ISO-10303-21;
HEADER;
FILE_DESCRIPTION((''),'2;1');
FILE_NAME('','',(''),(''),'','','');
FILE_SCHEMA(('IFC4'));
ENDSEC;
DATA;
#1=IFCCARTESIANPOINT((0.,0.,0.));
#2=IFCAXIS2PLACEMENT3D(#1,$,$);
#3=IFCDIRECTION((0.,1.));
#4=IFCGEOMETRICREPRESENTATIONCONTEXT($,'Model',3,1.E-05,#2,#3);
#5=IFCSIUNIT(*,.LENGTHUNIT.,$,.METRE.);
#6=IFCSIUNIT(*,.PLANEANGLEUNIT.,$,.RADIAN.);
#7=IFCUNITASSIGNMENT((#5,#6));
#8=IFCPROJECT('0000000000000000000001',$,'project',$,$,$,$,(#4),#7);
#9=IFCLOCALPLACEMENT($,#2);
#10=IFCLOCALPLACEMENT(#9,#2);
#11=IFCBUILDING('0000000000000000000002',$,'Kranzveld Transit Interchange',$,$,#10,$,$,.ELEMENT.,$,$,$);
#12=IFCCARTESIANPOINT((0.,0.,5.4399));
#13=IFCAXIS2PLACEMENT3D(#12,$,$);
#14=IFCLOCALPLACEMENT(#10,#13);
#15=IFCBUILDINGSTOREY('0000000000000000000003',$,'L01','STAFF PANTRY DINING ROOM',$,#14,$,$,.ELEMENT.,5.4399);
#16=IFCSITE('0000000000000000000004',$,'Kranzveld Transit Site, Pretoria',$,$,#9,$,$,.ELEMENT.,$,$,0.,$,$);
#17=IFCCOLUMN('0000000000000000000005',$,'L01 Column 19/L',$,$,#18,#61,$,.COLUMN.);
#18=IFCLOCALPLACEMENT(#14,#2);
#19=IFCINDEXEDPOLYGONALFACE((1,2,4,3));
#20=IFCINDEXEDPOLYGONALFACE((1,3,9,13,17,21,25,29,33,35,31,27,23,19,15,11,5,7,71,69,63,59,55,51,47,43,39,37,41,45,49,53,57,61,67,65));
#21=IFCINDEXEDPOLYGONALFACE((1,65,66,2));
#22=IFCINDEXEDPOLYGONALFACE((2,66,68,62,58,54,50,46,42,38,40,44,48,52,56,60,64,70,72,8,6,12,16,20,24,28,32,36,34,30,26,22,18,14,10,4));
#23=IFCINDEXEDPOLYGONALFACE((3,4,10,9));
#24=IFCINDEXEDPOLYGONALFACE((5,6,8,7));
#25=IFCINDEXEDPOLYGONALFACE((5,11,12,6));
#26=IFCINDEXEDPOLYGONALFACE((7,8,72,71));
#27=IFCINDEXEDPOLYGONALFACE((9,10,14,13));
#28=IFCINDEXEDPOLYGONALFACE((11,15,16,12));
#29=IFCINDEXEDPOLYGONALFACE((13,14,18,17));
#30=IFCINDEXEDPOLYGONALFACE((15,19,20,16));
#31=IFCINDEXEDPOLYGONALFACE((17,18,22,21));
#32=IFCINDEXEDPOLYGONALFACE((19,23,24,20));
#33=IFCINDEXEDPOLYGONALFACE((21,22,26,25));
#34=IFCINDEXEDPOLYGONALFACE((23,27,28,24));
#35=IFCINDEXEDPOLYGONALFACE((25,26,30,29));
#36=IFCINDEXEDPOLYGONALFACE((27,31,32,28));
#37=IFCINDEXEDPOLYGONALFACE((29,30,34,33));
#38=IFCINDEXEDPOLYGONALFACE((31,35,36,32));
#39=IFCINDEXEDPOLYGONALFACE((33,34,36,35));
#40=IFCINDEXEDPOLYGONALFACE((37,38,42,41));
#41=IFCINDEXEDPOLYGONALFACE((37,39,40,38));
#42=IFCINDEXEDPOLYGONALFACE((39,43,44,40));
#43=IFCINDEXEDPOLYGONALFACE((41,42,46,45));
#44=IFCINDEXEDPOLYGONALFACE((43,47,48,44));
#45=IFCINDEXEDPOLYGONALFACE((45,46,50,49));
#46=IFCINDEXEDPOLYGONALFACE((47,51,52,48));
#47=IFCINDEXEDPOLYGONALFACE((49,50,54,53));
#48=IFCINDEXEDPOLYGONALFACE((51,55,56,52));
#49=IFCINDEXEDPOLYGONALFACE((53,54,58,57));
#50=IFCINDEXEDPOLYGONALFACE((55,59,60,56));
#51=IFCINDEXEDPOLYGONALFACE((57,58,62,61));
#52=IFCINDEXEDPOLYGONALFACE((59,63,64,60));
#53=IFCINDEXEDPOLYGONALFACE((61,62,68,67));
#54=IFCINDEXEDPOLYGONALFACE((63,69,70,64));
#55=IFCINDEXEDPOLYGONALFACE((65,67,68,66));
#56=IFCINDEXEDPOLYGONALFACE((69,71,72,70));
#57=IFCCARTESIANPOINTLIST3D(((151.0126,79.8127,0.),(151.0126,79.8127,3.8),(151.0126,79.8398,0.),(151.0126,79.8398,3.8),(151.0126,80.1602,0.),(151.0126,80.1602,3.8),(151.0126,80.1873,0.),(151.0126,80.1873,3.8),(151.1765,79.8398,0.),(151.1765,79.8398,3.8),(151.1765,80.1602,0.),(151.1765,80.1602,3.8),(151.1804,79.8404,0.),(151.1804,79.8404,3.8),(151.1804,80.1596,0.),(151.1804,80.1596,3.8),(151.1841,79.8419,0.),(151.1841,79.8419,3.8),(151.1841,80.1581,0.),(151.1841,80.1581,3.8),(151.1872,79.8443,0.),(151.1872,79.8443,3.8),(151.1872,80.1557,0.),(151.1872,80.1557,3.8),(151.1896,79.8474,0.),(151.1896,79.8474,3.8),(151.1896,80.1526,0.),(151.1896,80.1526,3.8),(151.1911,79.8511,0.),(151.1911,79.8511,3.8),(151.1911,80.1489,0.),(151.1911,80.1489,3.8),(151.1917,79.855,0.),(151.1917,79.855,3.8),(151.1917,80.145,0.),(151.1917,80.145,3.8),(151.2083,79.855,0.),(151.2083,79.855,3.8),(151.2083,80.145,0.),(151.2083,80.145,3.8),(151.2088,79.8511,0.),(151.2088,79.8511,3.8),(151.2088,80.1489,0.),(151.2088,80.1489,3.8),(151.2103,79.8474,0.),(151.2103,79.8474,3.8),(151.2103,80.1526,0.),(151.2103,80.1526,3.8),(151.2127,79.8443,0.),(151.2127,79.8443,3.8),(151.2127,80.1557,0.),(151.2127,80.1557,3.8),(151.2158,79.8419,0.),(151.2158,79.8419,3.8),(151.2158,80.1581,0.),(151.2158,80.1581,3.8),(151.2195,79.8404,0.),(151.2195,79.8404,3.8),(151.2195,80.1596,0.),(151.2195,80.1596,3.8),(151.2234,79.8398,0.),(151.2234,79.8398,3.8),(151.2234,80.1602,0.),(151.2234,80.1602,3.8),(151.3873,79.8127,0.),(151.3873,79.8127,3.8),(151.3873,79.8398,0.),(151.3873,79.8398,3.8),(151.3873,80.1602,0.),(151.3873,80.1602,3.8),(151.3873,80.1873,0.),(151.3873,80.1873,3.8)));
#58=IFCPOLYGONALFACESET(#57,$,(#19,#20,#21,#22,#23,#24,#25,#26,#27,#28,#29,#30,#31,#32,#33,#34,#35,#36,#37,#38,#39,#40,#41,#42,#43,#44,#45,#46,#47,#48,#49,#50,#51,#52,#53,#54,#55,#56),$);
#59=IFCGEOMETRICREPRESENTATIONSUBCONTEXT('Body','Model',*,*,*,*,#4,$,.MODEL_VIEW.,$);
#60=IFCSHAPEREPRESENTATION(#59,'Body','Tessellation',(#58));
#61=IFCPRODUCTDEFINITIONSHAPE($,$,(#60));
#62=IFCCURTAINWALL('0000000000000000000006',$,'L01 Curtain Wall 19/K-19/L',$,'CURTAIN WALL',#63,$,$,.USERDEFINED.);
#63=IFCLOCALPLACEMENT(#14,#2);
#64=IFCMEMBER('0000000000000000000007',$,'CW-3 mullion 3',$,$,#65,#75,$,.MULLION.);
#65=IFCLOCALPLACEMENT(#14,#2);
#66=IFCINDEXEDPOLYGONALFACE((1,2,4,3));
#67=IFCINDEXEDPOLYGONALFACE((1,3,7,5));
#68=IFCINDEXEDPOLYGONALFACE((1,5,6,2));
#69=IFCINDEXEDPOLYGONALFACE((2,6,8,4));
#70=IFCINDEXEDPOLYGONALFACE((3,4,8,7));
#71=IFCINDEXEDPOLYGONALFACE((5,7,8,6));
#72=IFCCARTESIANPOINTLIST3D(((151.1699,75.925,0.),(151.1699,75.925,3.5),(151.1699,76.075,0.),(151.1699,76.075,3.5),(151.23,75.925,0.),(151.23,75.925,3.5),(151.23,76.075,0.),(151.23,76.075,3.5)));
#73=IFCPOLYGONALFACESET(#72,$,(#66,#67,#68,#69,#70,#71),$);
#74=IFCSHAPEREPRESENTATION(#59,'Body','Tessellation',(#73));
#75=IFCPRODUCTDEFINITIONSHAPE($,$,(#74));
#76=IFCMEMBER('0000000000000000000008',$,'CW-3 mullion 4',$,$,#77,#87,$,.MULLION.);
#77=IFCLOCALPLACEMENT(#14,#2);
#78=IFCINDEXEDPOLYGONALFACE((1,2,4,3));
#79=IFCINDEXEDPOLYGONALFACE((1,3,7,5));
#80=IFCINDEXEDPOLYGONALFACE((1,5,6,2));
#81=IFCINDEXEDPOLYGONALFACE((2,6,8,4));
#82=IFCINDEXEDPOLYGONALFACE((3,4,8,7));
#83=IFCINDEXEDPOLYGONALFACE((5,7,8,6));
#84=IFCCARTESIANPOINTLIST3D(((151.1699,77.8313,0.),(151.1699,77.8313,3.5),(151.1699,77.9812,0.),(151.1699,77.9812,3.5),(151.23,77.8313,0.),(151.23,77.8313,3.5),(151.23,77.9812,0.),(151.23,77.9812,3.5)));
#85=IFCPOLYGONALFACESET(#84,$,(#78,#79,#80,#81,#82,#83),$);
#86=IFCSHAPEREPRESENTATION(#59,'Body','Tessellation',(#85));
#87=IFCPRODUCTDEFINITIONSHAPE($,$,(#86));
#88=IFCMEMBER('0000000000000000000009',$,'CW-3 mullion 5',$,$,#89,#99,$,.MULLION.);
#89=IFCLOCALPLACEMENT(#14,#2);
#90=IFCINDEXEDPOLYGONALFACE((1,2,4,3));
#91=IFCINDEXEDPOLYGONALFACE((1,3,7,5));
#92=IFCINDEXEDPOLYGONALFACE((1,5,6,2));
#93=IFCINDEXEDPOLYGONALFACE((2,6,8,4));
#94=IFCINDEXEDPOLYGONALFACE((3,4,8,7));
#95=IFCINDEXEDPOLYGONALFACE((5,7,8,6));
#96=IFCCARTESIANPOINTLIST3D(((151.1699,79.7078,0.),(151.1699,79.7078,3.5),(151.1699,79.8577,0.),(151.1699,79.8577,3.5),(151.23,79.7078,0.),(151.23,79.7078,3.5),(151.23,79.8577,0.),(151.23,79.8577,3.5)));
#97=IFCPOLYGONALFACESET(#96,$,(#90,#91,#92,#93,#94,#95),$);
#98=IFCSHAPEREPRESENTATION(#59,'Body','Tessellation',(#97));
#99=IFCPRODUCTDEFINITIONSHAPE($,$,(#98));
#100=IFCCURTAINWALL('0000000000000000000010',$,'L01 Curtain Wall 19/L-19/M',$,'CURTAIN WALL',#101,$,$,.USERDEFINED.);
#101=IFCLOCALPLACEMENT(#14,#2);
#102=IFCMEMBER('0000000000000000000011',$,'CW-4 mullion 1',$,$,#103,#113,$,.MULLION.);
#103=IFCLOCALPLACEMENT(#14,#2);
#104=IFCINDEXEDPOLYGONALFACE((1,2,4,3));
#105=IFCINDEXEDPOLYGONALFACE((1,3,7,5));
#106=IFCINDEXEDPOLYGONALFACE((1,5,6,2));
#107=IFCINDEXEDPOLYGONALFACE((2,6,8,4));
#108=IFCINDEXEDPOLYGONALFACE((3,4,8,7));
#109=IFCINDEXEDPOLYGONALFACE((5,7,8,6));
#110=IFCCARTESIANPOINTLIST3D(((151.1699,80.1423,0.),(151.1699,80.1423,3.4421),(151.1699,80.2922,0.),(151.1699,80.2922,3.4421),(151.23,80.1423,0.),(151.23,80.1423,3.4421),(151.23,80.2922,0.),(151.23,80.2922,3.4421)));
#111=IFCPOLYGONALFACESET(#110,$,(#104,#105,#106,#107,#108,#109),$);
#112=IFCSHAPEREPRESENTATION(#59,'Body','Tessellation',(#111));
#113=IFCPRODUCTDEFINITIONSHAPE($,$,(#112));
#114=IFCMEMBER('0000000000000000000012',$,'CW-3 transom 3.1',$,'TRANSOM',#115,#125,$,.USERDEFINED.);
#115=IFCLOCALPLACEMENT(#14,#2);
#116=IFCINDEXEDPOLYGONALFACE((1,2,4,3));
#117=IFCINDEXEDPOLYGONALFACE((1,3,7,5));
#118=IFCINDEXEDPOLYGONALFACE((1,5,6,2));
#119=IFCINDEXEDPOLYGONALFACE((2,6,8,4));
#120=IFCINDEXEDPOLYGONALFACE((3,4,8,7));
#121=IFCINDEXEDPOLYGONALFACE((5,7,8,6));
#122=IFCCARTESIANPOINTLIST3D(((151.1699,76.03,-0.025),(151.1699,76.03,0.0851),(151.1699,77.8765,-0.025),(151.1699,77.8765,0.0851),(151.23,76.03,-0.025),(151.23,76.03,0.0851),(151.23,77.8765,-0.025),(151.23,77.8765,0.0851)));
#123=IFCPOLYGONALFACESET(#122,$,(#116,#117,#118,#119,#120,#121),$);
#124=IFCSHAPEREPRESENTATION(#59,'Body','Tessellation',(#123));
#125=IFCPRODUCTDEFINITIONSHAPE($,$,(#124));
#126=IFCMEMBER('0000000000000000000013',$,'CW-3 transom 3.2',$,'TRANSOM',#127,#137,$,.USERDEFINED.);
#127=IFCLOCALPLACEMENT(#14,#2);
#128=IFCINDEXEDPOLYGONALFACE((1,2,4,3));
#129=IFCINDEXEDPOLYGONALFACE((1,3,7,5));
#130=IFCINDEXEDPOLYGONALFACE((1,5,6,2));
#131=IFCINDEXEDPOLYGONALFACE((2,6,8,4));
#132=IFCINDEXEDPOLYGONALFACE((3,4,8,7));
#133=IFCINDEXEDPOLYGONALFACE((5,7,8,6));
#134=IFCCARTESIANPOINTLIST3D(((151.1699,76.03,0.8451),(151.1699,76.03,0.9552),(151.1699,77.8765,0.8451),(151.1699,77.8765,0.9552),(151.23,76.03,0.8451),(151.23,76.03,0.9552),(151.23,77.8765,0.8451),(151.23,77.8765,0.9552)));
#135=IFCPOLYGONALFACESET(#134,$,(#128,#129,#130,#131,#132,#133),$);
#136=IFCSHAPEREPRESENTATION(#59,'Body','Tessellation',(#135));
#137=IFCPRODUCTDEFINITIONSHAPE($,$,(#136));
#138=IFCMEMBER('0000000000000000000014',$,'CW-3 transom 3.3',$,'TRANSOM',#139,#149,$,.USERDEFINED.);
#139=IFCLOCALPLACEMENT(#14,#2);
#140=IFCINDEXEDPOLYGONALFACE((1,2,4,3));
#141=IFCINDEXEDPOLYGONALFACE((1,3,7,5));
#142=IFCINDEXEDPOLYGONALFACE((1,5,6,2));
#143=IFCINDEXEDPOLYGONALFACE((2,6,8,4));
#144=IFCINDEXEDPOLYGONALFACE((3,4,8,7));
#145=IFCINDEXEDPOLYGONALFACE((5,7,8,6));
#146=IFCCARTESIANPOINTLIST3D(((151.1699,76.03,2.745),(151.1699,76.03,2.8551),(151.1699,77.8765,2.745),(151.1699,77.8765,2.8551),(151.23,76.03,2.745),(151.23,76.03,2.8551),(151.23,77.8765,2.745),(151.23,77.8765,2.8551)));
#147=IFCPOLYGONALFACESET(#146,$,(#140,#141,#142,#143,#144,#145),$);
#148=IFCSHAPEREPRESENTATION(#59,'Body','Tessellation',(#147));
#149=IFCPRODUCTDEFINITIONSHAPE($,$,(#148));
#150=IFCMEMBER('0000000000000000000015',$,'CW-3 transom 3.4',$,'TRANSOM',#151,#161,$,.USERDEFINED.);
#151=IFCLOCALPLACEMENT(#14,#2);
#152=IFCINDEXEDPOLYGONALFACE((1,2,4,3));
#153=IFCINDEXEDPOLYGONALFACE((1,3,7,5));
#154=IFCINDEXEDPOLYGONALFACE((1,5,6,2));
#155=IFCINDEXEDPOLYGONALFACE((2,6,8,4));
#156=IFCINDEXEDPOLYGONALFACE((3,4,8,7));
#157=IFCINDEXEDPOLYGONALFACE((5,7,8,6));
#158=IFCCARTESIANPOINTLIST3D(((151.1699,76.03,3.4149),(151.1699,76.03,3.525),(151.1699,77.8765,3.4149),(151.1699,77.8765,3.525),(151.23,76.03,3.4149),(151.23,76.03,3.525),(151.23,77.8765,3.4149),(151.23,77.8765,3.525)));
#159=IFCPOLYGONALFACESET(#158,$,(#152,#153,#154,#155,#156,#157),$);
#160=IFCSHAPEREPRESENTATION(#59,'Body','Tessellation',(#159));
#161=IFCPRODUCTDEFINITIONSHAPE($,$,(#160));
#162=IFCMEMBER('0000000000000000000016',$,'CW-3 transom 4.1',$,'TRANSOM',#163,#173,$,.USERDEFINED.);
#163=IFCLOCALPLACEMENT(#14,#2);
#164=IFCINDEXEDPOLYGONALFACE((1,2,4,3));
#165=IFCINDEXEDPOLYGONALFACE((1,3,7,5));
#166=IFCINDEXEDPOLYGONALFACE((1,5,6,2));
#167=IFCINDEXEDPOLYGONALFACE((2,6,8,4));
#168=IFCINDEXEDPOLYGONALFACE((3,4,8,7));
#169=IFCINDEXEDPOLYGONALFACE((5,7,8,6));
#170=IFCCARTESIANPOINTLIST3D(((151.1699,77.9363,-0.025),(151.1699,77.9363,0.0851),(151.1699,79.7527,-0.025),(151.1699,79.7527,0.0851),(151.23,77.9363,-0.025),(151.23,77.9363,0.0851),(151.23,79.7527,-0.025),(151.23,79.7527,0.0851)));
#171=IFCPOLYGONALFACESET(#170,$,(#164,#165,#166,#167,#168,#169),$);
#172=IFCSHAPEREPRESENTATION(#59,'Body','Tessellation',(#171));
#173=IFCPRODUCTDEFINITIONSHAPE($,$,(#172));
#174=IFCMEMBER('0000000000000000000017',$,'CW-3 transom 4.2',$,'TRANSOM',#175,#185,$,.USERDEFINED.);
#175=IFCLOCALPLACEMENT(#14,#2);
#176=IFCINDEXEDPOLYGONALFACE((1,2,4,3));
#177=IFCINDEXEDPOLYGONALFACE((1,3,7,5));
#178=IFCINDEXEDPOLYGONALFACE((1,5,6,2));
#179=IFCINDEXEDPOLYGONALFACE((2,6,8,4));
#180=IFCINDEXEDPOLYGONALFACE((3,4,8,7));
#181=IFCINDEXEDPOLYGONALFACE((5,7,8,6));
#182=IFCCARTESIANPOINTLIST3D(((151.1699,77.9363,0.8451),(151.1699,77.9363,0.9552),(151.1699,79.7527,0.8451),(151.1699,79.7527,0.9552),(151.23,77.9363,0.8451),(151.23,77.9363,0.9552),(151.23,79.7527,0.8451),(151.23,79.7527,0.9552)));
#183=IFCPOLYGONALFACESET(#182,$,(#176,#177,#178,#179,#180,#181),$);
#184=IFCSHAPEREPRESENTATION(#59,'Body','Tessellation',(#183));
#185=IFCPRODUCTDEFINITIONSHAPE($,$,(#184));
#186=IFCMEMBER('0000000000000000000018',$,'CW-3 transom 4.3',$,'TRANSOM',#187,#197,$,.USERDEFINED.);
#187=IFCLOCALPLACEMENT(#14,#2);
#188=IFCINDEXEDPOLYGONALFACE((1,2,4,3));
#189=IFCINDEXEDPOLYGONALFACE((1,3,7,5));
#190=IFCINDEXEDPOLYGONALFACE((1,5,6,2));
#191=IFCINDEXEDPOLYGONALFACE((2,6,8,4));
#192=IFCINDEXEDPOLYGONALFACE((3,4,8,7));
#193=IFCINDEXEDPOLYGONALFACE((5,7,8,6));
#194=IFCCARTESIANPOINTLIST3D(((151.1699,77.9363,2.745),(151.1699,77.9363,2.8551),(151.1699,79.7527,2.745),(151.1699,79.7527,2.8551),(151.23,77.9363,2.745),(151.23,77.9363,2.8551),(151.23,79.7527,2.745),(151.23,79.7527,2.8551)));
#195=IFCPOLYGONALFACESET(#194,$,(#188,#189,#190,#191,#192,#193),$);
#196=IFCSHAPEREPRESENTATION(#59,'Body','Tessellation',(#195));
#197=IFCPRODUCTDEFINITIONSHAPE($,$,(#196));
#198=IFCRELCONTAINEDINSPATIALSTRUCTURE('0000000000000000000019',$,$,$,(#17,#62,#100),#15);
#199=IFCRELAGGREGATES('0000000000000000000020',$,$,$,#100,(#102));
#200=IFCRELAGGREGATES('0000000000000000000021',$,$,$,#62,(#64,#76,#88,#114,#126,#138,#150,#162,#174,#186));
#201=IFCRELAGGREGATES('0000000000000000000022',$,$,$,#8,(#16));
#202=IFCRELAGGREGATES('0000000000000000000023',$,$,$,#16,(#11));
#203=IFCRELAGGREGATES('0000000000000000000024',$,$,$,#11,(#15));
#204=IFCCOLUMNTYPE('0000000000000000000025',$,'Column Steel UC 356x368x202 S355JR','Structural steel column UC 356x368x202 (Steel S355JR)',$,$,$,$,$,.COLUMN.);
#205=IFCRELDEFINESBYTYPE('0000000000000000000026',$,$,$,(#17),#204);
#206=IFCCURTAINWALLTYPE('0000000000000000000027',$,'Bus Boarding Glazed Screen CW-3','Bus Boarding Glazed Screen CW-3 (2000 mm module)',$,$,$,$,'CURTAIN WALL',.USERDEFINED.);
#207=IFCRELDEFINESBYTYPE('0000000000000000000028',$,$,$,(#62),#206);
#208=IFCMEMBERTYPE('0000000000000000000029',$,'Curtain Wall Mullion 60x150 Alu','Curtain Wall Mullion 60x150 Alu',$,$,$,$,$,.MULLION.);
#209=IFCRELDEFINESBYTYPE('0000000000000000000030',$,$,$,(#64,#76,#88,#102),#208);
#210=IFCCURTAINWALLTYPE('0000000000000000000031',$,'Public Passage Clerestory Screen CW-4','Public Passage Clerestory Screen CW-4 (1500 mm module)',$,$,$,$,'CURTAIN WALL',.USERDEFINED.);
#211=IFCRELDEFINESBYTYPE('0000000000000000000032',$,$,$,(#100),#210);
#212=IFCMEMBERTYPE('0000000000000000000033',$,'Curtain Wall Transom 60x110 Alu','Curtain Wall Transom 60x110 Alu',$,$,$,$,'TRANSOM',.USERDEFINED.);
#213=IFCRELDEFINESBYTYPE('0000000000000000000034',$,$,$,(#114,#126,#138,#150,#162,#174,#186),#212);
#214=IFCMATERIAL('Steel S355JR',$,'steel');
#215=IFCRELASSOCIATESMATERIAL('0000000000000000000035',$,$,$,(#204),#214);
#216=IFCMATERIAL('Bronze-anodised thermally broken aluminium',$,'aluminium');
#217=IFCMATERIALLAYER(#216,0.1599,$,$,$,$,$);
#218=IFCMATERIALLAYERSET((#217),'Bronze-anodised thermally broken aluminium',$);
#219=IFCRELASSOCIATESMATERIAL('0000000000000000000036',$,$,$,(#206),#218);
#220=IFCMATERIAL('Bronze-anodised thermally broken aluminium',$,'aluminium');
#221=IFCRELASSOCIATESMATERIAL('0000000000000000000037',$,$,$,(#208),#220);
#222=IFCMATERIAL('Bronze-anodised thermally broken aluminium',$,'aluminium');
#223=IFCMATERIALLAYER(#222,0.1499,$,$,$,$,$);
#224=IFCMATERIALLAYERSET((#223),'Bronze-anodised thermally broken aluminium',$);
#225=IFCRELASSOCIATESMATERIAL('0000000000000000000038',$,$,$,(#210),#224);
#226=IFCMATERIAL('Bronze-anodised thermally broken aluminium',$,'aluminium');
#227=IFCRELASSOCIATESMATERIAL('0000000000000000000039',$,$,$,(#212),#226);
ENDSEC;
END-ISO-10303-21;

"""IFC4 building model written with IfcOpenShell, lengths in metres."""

from ifc_helpers import new_model, si_unit, direction, frame, origin, origin_2d, place, context, subcontext, project, spatial, rectangle, i_section, extrude, material, layer, layer_set, material_profile, profile_set, type_object, element, aggregate, save


model = new_model("IFC4")

# Units and contexts
model_context = context("Model", 3, precision=1e-05, world=origin(), true_north=direction((0.0, 1.0)))
body_context = subcontext(model_context, "Body", "Model", "MODEL_VIEW")
ifc_project = project(units=[si_unit("LENGTHUNIT", "METRE"), si_unit("PLANEANGLEUNIT", "RADIAN")], contexts=[model_context])

# Site, building, storey
site_placement = place(None, origin())
site = spatial("IfcSite", under=ifc_project, at=site_placement, Name="Kranzveld Transit Site, Pretoria", CompositionType="ELEMENT", RefElevation=0.0)
building_placement = place(site_placement, origin())
building = spatial("IfcBuilding", under=site, at=building_placement, Name="Kranzveld Transit Interchange", CompositionType="ELEMENT")
storey_placement = place(building_placement, frame((0.0, 0.0, 5.4399)))
storey = spatial("IfcBuildingStorey", under=building, at=storey_placement, Name="L01", Description="STAFF PANTRY DINING ROOM", CompositionType="ELEMENT", Elevation=5.4399)

# Column
ifc_material_1 = material(Name="Steel S355JR", Category="steel")
ifc_material_profile_1 = material_profile(ifc_material_1, i_section(OverallWidth=0.3748, OverallDepth=0.3745, WebThickness=0.0166, FlangeThickness=0.0271, FilletRadius=0.0151, at=origin_2d()), Name="UC 356x368x202")
ifc_profile_set_1 = profile_set([ifc_material_profile_1], Name="Steel S355JR")
column_type = type_object("IfcColumnType", Name="Column Steel UC 356x368x202 S355JR", Description="Structural steel column UC 356x368x202 (Steel S355JR)", PredefinedType="COLUMN", material=ifc_profile_set_1)
column_placement = place(storey_placement, frame((151.2, 80.0, 0.0), z_axis=(0.0, 0.0, 1.0), x_axis=(1.0, 0.0, 0.0)))
element("IfcColumn", 1, at=column_placement, inside=storey, type_object=column_type, Name="L01 Column 19/L", PredefinedType="COLUMN", context=body_context, shape_type="SweptSolid", body=[
    extrude(i_section(OverallWidth=0.3748, OverallDepth=0.3745, WebThickness=0.0166, FlangeThickness=0.0271, FilletRadius=0.0151, at=origin_2d()), origin(), (0.0, 0.0, 1.0), 3.8),
])

# Curtain wall, members
ifc_material_2 = material(Name="Bronze-anodised thermally broken aluminium", Category="aluminium")
ifc_layer_1 = layer(ifc_material_2, 0.1599)
ifc_layer_set_1 = layer_set([ifc_layer_1], Name="Bronze-anodised thermally broken aluminium")
curtain_wall_type_1 = type_object("IfcCurtainWallType", Name="Bus Boarding Glazed Screen CW-3", Description="Bus Boarding Glazed Screen CW-3 (2000 mm module)", ElementType="CURTAIN WALL", PredefinedType="USERDEFINED", material=ifc_layer_set_1)
curtain_wall_1_placement = place(storey_placement, origin())
curtain_wall_1 = element("IfcCurtainWall", 2, at=curtain_wall_1_placement, inside=storey, type_object=curtain_wall_type_1, Name="L01 Curtain Wall 19/K-19/L", ObjectType="CURTAIN WALL", PredefinedType="USERDEFINED")
ifc_material_3 = material(Name="Bronze-anodised thermally broken aluminium", Category="aluminium")
ifc_material_profile_2 = material_profile(ifc_material_3, rectangle(XDim=0.0601, YDim=0.1499, at=origin_2d()), Name="ALU MULLION 60x150")
ifc_profile_set_2 = profile_set([ifc_material_profile_2], Name="Bronze-anodised thermally broken aluminium")
member_type_1 = type_object("IfcMemberType", Name="Curtain Wall Mullion 60x150 Alu", Description="Curtain Wall Mullion 60x150 Alu", PredefinedType="MULLION", material=ifc_profile_set_2)
member_1_placement = place(storey_placement, frame((151.2, 76.0, 0.0), z_axis=(0.0, 0.0, 1.0), x_axis=(-1.0, 0.0, 0.0)))
member_1 = element("IfcMember", 3, at=member_1_placement, type_object=member_type_1, Name="CW-3 mullion 3", PredefinedType="MULLION", context=body_context, shape_type="SweptSolid", body=[
    extrude(rectangle(XDim=0.0601, YDim=0.1499, at=origin_2d()), origin(), (0.0, 0.0, 1.0), 3.5),
])
member_2_placement = place(storey_placement, frame((151.2, 77.9062, 0.0), z_axis=(0.0, 0.0, 1.0), x_axis=(-1.0, 0.0, 0.0)))
member_2 = element("IfcMember", 4, at=member_2_placement, type_object=member_type_1, Name="CW-3 mullion 4", PredefinedType="MULLION", context=body_context, shape_type="SweptSolid", body=[
    extrude(rectangle(XDim=0.0601, YDim=0.1499, at=origin_2d()), origin(), (0.0, 0.0, 1.0), 3.5),
])
member_3_placement = place(storey_placement, frame((151.2, 79.7827, 0.0), z_axis=(0.0, 0.0, 1.0), x_axis=(-1.0, 0.0, 0.0)))
member_3 = element("IfcMember", 5, at=member_3_placement, type_object=member_type_1, Name="CW-3 mullion 5", PredefinedType="MULLION", context=body_context, shape_type="SweptSolid", body=[
    extrude(rectangle(XDim=0.0601, YDim=0.1499, at=origin_2d()), origin(), (0.0, 0.0, 1.0), 3.5),
])

# Curtain wall, member
ifc_material_4 = material(Name="Bronze-anodised thermally broken aluminium", Category="aluminium")
ifc_layer_2 = layer(ifc_material_4, 0.1499)
ifc_layer_set_2 = layer_set([ifc_layer_2], Name="Bronze-anodised thermally broken aluminium")
curtain_wall_type_2 = type_object("IfcCurtainWallType", Name="Public Passage Clerestory Screen CW-4", Description="Public Passage Clerestory Screen CW-4 (1500 mm module)", ElementType="CURTAIN WALL", PredefinedType="USERDEFINED", material=ifc_layer_set_2)
curtain_wall_2_placement = place(storey_placement, origin())
curtain_wall_2 = element("IfcCurtainWall", 6, at=curtain_wall_2_placement, inside=storey, type_object=curtain_wall_type_2, Name="L01 Curtain Wall 19/L-19/M", ObjectType="CURTAIN WALL", PredefinedType="USERDEFINED")
member_4_placement = place(storey_placement, frame((151.2, 80.2173, 0.0), z_axis=(0.0, 0.0, 1.0), x_axis=(-1.0, 0.0, 0.0)))
member_4 = element("IfcMember", 7, at=member_4_placement, type_object=member_type_1, Name="CW-4 mullion 1", PredefinedType="MULLION", context=body_context, shape_type="SweptSolid", body=[
    extrude(rectangle(XDim=0.0601, YDim=0.1499, at=origin_2d()), origin(), (0.0, 0.0, 1.0), 3.4421),
])

# Members
ifc_material_5 = material(Name="Bronze-anodised thermally broken aluminium", Category="aluminium")
ifc_material_profile_3 = material_profile(ifc_material_5, rectangle(XDim=0.0601, YDim=0.1101, at=origin_2d()), Name="ALU TRANSOM 60x110")
ifc_profile_set_3 = profile_set([ifc_material_profile_3], Name="Bronze-anodised thermally broken aluminium")
member_type_2 = type_object("IfcMemberType", Name="Curtain Wall Transom 60x110 Alu", Description="Curtain Wall Transom 60x110 Alu", ElementType="TRANSOM", PredefinedType="USERDEFINED", material=ifc_profile_set_3)
member_5_placement = place(storey_placement, frame((151.2, 76.03, 0.03), z_axis=(0.0, 1.0, 0.0), x_axis=(-1.0, 0.0, 0.0)))
member_5 = element("IfcMember", 8, at=member_5_placement, type_object=member_type_2, Name="CW-3 transom 3.1", ObjectType="TRANSOM", PredefinedType="USERDEFINED", context=body_context, shape_type="SweptSolid", body=[
    extrude(rectangle(XDim=0.0601, YDim=0.1101, at=origin_2d()), origin(), (0.0, 0.0, 1.0), 1.8464),
])
member_6_placement = place(storey_placement, frame((151.2, 76.03, 0.9001), z_axis=(0.0, 1.0, 0.0), x_axis=(-1.0, 0.0, 0.0)))
member_6 = element("IfcMember", 9, at=member_6_placement, type_object=member_type_2, Name="CW-3 transom 3.2", ObjectType="TRANSOM", PredefinedType="USERDEFINED", context=body_context, shape_type="SweptSolid", body=[
    extrude(rectangle(XDim=0.0601, YDim=0.1101, at=origin_2d()), origin(), (0.0, 0.0, 1.0), 1.8464),
])
member_7_placement = place(storey_placement, frame((151.2, 76.03, 2.8), z_axis=(0.0, 1.0, 0.0), x_axis=(-1.0, 0.0, 0.0)))
member_7 = element("IfcMember", 10, at=member_7_placement, type_object=member_type_2, Name="CW-3 transom 3.3", ObjectType="TRANSOM", PredefinedType="USERDEFINED", context=body_context, shape_type="SweptSolid", body=[
    extrude(rectangle(XDim=0.0601, YDim=0.1101, at=origin_2d()), origin(), (0.0, 0.0, 1.0), 1.8464),
])
member_8_placement = place(storey_placement, frame((151.2, 76.03, 3.47), z_axis=(0.0, 1.0, 0.0), x_axis=(-1.0, 0.0, 0.0)))
member_8 = element("IfcMember", 11, at=member_8_placement, type_object=member_type_2, Name="CW-3 transom 3.4", ObjectType="TRANSOM", PredefinedType="USERDEFINED", context=body_context, shape_type="SweptSolid", body=[
    extrude(rectangle(XDim=0.0601, YDim=0.1101, at=origin_2d()), origin(), (0.0, 0.0, 1.0), 1.8464),
])
member_9_placement = place(storey_placement, frame((151.2, 77.9363, 0.03), z_axis=(0.0, 1.0, 0.0), x_axis=(-1.0, 0.0, 0.0)))
member_9 = element("IfcMember", 12, at=member_9_placement, type_object=member_type_2, Name="CW-3 transom 4.1", ObjectType="TRANSOM", PredefinedType="USERDEFINED", context=body_context, shape_type="SweptSolid", body=[
    extrude(rectangle(XDim=0.0601, YDim=0.1101, at=origin_2d()), origin(), (0.0, 0.0, 1.0), 1.8164),
])
member_10_placement = place(storey_placement, frame((151.2, 77.9363, 0.9001), z_axis=(0.0, 1.0, 0.0), x_axis=(-1.0, 0.0, 0.0)))
member_10 = element("IfcMember", 13, at=member_10_placement, type_object=member_type_2, Name="CW-3 transom 4.2", ObjectType="TRANSOM", PredefinedType="USERDEFINED", context=body_context, shape_type="SweptSolid", body=[
    extrude(rectangle(XDim=0.0601, YDim=0.1101, at=origin_2d()), origin(), (0.0, 0.0, 1.0), 1.8164),
])
member_11_placement = place(storey_placement, frame((151.2, 77.9363, 2.8), z_axis=(0.0, 1.0, 0.0), x_axis=(-1.0, 0.0, 0.0)))
member_11 = element("IfcMember", 14, at=member_11_placement, type_object=member_type_2, Name="CW-3 transom 4.3", ObjectType="TRANSOM", PredefinedType="USERDEFINED", context=body_context, shape_type="SweptSolid", body=[
    extrude(rectangle(XDim=0.0601, YDim=0.1101, at=origin_2d()), origin(), (0.0, 0.0, 1.0), 1.8164),
])
aggregate(curtain_wall_2, [member_4])

aggregate(curtain_wall_1, [member_1, member_2, member_3, member_5, member_6, member_7, member_8, member_9, member_10, member_11])

save(model, "model.ifc")
